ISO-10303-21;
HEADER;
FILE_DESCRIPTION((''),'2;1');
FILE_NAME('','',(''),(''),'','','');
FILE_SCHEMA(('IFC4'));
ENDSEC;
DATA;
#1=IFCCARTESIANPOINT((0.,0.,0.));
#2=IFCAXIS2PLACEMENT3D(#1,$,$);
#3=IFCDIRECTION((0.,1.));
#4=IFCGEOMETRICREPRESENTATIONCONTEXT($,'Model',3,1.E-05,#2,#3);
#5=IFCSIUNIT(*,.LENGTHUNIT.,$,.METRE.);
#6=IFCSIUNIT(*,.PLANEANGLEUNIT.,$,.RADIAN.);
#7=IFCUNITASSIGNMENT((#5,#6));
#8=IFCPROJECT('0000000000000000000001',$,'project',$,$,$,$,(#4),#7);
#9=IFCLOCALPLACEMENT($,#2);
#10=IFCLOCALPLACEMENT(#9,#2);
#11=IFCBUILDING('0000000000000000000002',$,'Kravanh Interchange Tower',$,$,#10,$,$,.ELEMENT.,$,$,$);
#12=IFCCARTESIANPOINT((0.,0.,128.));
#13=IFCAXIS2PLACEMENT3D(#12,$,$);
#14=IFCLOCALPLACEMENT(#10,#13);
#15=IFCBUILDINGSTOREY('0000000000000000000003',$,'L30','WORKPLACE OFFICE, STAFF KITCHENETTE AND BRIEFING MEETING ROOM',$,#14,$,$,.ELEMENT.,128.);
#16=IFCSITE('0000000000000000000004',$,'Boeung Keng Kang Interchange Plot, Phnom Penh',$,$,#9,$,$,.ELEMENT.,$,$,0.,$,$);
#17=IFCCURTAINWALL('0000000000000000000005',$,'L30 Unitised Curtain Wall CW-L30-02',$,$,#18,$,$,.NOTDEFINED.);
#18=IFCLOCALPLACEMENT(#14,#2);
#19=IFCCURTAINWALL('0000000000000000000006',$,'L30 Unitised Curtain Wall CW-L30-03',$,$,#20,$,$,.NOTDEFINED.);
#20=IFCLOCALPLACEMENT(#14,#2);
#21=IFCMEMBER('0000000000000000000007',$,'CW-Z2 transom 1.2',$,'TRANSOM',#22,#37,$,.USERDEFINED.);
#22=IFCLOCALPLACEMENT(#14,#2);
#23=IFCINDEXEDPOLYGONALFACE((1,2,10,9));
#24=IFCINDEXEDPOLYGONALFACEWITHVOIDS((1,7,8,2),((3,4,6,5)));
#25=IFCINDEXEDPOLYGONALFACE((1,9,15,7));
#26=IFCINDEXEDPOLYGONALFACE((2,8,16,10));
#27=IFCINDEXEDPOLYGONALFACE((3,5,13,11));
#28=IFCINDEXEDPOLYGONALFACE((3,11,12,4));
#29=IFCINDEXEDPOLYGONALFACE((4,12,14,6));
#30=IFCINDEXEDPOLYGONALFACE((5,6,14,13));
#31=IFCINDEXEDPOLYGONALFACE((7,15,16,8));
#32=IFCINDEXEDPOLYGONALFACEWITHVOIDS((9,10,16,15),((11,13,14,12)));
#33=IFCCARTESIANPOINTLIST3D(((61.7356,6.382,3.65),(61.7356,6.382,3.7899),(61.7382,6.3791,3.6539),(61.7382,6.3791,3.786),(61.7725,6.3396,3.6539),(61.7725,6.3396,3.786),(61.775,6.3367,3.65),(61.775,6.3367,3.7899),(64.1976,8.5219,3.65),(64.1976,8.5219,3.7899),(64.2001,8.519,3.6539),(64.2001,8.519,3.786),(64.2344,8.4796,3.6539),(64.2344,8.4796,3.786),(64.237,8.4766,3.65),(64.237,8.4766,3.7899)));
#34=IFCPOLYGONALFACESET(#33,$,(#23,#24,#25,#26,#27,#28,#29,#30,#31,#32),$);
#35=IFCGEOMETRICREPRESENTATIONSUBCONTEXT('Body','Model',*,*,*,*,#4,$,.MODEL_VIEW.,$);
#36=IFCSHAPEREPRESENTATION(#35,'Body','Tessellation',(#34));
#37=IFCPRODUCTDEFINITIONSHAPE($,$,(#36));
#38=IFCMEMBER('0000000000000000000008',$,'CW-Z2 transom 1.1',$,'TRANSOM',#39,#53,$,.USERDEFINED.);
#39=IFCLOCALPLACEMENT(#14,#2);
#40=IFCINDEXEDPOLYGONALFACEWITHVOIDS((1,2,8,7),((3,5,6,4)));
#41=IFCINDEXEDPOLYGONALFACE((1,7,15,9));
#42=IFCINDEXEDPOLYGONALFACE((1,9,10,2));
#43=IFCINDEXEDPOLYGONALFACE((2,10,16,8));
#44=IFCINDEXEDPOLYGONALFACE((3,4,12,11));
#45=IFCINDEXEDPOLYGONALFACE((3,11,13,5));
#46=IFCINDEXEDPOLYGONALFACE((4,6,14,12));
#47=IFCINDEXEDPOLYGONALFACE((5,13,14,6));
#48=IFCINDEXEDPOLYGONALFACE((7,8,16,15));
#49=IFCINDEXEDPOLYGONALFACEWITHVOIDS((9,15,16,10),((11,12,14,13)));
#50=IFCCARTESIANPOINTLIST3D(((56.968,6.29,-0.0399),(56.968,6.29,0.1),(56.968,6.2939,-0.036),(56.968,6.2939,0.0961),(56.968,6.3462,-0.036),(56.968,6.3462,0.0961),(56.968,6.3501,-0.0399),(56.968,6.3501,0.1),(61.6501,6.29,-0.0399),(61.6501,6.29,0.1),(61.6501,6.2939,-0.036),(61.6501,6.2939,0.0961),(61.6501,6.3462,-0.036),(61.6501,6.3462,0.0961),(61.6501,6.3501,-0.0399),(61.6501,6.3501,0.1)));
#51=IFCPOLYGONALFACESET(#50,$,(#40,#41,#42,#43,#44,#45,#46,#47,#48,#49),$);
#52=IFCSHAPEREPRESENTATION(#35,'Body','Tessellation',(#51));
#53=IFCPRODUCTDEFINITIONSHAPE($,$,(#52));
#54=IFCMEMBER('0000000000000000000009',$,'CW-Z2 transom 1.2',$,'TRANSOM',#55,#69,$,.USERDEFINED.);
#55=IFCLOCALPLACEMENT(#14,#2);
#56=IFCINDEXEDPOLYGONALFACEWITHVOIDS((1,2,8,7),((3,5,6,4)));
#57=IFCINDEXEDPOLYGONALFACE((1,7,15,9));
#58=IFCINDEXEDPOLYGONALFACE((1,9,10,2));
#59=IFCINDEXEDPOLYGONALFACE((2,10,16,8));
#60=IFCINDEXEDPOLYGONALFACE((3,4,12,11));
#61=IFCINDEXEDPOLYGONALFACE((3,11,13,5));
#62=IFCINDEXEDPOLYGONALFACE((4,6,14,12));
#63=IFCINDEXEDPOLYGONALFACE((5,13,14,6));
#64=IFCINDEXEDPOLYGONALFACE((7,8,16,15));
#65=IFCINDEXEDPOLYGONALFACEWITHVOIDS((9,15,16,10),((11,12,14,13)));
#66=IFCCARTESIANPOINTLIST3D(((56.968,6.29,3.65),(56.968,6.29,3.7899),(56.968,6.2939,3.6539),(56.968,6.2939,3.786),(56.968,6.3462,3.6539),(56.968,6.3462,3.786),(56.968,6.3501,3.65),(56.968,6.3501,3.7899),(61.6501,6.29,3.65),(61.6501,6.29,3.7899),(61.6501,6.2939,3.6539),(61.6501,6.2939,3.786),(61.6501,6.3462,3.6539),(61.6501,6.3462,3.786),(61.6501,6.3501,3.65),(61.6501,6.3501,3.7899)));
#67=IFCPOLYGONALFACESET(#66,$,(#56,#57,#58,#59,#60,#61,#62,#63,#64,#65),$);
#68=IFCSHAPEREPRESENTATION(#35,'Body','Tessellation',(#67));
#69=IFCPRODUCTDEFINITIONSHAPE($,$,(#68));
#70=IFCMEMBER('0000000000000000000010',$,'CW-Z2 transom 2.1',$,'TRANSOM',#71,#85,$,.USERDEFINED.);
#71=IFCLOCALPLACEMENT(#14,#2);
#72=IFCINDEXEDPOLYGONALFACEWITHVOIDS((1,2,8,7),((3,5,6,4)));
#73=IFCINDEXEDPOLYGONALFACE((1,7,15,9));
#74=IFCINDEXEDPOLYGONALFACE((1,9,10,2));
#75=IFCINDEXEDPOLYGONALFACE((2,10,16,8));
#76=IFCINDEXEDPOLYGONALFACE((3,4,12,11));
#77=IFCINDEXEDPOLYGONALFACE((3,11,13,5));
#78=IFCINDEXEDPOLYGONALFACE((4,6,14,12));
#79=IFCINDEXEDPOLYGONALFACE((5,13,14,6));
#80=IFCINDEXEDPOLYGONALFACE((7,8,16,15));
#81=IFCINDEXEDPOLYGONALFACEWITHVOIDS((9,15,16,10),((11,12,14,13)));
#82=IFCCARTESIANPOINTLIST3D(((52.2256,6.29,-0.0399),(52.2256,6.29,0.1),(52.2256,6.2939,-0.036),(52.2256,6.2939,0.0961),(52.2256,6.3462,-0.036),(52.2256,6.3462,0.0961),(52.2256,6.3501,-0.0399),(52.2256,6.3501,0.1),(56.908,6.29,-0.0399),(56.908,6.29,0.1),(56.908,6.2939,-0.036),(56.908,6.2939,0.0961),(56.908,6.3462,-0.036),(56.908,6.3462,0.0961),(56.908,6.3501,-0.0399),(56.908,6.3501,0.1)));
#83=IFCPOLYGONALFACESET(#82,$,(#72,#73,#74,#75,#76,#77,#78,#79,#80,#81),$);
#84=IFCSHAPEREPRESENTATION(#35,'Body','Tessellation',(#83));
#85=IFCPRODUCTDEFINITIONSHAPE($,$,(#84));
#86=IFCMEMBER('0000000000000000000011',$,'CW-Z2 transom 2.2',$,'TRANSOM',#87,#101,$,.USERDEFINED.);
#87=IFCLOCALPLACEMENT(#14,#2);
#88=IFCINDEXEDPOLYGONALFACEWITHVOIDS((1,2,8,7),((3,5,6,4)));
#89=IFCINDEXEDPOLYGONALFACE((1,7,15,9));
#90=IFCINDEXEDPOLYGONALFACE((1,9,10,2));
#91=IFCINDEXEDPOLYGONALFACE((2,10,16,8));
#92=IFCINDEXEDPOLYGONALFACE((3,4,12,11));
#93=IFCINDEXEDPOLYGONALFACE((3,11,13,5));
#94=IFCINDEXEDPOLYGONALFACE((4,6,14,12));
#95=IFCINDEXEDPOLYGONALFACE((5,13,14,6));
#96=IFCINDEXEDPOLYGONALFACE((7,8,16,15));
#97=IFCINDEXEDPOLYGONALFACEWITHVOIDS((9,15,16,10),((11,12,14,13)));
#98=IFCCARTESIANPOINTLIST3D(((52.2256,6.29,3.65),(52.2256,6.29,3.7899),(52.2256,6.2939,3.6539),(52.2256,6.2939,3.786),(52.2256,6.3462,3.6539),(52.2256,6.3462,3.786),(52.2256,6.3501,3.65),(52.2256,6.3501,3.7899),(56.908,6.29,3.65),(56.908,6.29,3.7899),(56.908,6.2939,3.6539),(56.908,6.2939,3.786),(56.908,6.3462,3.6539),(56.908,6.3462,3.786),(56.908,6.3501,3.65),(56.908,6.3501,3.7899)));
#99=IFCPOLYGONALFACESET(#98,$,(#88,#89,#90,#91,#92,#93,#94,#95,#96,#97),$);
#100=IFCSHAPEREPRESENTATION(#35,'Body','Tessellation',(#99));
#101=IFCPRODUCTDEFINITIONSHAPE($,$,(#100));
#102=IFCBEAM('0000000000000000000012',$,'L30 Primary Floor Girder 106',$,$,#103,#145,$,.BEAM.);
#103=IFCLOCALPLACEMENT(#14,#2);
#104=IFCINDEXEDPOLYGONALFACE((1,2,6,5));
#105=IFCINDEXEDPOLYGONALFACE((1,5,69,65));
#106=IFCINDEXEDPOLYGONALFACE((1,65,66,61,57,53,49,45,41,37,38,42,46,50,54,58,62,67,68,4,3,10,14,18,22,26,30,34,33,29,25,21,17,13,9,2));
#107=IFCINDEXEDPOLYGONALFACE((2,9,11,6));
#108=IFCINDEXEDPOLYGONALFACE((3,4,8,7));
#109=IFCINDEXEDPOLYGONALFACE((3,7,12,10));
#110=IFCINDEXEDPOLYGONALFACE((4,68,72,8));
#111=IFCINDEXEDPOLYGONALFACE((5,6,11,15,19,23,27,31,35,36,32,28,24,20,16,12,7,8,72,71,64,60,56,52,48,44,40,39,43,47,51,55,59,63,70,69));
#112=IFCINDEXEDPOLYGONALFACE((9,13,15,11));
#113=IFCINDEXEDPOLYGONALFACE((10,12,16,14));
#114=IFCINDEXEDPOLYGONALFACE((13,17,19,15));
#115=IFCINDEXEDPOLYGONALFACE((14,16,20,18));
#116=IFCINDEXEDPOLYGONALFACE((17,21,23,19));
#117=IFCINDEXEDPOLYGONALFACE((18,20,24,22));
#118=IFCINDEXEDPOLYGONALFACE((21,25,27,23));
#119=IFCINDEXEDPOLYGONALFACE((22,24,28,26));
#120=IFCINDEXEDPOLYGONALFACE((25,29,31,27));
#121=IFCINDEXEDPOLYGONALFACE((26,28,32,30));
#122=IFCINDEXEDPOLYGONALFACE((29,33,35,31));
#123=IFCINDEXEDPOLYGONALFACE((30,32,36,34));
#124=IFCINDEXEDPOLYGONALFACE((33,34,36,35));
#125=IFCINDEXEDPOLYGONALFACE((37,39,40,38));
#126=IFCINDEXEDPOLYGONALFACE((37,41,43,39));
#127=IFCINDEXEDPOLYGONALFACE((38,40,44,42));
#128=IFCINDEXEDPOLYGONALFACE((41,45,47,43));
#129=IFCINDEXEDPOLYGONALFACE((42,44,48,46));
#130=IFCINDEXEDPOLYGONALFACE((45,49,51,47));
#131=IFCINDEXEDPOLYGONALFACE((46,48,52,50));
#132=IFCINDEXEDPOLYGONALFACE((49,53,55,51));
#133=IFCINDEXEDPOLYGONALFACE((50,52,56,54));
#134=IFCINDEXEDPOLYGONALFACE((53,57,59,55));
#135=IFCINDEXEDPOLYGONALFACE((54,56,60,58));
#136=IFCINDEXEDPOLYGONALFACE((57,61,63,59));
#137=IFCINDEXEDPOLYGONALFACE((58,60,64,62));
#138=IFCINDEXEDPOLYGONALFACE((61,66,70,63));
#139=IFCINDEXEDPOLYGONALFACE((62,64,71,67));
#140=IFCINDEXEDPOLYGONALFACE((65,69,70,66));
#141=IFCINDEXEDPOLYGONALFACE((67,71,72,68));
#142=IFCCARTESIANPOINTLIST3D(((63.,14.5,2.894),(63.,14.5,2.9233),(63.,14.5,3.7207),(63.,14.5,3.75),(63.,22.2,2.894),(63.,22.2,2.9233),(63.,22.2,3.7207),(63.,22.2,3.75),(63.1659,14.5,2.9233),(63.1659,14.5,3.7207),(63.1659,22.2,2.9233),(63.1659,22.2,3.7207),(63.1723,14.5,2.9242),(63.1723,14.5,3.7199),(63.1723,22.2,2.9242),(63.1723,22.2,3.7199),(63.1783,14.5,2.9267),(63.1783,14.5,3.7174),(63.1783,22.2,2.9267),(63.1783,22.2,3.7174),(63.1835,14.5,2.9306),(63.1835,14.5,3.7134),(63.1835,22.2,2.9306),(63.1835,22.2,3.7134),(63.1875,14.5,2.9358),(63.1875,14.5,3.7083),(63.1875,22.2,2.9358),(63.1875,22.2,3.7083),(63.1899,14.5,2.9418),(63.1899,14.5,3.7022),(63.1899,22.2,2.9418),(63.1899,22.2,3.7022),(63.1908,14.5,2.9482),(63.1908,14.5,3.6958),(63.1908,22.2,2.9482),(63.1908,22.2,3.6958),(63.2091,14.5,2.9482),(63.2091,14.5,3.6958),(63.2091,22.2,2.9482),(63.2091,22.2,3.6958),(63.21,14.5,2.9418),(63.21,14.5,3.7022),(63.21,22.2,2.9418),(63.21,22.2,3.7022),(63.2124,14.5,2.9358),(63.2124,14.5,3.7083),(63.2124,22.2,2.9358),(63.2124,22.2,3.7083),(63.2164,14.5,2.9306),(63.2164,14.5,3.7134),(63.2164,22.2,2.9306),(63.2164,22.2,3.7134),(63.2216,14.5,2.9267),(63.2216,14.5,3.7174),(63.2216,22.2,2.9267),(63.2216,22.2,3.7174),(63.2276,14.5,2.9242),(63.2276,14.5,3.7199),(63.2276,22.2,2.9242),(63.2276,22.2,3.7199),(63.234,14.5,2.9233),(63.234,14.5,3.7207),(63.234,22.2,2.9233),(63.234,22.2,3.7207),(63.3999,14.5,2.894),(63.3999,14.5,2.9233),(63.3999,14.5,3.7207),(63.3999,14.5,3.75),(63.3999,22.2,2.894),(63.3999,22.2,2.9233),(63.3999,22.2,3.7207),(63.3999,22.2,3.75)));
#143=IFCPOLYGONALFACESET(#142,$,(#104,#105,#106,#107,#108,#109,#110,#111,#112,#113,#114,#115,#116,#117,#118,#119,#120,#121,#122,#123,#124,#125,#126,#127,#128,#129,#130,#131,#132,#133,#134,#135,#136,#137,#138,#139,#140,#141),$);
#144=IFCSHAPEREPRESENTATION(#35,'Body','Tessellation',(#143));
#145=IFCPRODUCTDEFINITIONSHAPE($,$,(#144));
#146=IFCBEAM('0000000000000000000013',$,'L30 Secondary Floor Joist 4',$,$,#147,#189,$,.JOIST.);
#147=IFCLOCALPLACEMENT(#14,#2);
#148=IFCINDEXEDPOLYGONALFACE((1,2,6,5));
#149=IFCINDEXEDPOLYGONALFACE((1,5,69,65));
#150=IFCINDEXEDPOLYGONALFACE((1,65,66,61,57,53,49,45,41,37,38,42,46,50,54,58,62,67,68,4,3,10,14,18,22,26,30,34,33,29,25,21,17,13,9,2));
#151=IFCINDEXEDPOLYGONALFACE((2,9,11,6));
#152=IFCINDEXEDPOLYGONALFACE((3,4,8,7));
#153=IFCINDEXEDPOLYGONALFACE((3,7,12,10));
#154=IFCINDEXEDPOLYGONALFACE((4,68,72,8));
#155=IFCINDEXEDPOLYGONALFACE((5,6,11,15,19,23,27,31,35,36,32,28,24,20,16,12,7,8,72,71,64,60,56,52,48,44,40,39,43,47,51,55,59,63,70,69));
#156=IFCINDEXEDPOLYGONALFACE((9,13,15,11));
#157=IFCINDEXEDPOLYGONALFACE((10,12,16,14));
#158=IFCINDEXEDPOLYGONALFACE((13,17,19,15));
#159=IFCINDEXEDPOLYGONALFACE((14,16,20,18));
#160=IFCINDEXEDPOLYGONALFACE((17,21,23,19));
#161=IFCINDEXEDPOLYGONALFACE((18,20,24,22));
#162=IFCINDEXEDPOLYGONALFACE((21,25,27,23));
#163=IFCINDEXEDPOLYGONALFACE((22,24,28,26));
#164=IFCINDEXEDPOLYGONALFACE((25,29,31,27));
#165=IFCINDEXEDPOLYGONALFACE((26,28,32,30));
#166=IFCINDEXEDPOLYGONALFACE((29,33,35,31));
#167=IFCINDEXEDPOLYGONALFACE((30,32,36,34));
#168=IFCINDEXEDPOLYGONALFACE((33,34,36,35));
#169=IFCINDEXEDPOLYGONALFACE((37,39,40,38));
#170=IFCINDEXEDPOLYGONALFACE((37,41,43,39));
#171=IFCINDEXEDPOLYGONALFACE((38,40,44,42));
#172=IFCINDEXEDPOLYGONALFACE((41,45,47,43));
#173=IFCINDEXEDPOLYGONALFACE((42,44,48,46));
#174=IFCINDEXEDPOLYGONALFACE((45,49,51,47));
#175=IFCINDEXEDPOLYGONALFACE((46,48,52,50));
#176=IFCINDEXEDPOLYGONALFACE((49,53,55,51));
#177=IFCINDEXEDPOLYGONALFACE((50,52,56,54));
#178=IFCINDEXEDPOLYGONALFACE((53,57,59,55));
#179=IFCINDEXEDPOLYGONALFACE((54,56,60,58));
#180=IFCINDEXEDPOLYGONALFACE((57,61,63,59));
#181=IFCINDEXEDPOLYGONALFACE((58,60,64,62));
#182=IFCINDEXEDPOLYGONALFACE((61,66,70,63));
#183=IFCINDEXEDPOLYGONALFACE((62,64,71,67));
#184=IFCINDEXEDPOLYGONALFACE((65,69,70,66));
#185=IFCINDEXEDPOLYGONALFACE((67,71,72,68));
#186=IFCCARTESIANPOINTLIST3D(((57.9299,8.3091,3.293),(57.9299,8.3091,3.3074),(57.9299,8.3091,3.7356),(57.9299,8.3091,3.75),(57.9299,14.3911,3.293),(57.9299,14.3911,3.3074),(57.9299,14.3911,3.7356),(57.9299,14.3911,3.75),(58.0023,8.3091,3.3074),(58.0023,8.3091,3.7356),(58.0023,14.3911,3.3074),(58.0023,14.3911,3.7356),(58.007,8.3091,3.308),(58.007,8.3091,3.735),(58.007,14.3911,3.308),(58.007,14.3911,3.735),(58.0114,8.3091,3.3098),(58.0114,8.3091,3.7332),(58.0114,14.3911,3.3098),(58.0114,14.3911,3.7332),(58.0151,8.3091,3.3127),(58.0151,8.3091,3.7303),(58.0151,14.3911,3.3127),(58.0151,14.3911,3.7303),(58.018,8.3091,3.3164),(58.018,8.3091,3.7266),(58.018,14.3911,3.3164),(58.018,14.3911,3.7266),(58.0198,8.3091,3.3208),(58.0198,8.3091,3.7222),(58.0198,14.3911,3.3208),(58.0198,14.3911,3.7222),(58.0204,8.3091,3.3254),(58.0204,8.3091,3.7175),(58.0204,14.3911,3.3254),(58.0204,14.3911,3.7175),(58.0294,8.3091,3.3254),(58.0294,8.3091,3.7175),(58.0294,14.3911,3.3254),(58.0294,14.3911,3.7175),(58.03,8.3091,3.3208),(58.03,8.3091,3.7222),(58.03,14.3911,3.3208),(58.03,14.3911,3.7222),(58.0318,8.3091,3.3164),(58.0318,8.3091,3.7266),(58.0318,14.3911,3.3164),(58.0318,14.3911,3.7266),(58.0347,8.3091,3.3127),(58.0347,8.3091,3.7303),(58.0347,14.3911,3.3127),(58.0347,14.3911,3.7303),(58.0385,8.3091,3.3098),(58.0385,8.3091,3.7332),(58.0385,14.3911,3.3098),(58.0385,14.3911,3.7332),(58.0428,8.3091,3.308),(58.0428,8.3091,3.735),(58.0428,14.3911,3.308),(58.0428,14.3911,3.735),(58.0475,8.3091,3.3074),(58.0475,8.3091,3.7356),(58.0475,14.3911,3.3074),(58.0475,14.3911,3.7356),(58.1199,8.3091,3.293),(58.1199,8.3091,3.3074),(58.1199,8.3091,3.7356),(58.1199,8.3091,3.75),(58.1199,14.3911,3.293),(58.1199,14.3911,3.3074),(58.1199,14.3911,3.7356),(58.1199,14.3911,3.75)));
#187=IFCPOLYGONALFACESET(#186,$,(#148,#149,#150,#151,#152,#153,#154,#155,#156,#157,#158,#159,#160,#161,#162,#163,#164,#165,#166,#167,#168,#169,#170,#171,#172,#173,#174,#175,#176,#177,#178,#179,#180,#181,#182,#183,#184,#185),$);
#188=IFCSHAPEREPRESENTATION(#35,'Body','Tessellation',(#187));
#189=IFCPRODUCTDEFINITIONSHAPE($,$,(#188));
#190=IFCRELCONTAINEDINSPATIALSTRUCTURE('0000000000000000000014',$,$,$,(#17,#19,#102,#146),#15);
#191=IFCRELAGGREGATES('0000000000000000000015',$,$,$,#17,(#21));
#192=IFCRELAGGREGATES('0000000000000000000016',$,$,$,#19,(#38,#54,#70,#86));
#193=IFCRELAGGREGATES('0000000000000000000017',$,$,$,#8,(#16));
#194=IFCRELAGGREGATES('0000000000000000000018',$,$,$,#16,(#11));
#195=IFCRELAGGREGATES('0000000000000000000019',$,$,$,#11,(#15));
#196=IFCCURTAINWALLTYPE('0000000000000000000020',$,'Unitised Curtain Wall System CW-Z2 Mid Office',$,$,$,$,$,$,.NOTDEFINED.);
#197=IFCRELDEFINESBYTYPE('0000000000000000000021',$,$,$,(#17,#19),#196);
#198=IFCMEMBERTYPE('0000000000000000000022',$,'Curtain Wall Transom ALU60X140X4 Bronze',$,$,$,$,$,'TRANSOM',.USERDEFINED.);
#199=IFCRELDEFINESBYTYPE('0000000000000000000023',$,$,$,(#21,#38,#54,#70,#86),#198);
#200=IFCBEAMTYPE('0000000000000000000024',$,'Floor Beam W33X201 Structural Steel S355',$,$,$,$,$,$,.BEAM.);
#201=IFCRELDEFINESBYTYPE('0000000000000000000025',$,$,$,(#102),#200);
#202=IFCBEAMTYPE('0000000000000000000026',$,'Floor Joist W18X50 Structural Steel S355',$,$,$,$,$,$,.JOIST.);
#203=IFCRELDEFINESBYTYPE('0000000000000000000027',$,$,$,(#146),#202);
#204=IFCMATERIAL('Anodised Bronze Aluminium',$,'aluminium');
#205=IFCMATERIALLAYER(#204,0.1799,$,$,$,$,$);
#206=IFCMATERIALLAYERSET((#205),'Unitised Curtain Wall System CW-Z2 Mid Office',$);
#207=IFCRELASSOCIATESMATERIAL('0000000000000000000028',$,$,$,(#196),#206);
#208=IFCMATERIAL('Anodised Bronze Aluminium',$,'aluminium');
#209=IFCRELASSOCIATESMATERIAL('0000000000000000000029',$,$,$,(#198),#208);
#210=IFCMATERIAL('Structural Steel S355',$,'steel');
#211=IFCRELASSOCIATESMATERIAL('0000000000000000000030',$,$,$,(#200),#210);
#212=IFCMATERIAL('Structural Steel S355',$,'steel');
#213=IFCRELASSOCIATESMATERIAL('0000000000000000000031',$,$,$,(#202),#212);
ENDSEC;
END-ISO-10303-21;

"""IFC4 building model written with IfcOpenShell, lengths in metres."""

from ifc_helpers import new_model, si_unit, direction, frame, origin, origin_2d, place, context, subcontext, project, spatial, hollow_rectangle, i_section, extrude, material, layer, layer_set, material_profile, profile_set, type_object, element, aggregate, save


model = new_model("IFC4")

# Units and contexts
model_context = context("Model", 3, precision=1e-05, world=origin(), true_north=direction((0.0, 1.0)))
body_context = subcontext(model_context, "Body", "Model", "MODEL_VIEW")
ifc_project = project(units=[si_unit("LENGTHUNIT", "METRE"), si_unit("PLANEANGLEUNIT", "RADIAN")], contexts=[model_context])

# Site, building, storey
site_placement = place(None, origin())
site = spatial("IfcSite", under=ifc_project, at=site_placement, Name="Boeung Keng Kang Interchange Plot, Phnom Penh", CompositionType="ELEMENT", RefElevation=0.0)
building_placement = place(site_placement, origin())
building = spatial("IfcBuilding", under=site, at=building_placement, Name="Kravanh Interchange Tower", CompositionType="ELEMENT")
storey_placement = place(building_placement, frame((0.0, 0.0, 128.0)))
storey = spatial("IfcBuildingStorey", under=building, at=storey_placement, Name="L30", Description="WORKPLACE OFFICE, STAFF KITCHENETTE AND BRIEFING MEETING ROOM", CompositionType="ELEMENT", Elevation=128.0)

# Curtain walls
ifc_material_1 = material(Name="Anodised Bronze Aluminium", Category="aluminium")
ifc_layer_1 = layer(ifc_material_1, 0.1799)
ifc_layer_set_1 = layer_set([ifc_layer_1], Name="Unitised Curtain Wall System CW-Z2 Mid Office")
curtain_wall_type = type_object("IfcCurtainWallType", Name="Unitised Curtain Wall System CW-Z2 Mid Office", PredefinedType="NOTDEFINED", material=ifc_layer_set_1)
curtain_wall_1_placement = place(storey_placement, origin())
curtain_wall_1 = element("IfcCurtainWall", 1, at=curtain_wall_1_placement, inside=storey, type_object=curtain_wall_type, Name="L30 Unitised Curtain Wall CW-L30-02", PredefinedType="NOTDEFINED")
curtain_wall_2_placement = place(storey_placement, origin())
curtain_wall_2 = element("IfcCurtainWall", 2, at=curtain_wall_2_placement, inside=storey, type_object=curtain_wall_type, Name="L30 Unitised Curtain Wall CW-L30-03", PredefinedType="NOTDEFINED")

# Members
ifc_material_2 = material(Name="Anodised Bronze Aluminium", Category="aluminium")
ifc_material_profile_1 = material_profile(ifc_material_2, hollow_rectangle(XDim=0.0601, YDim=0.1399, WallThickness=0.0039, at=origin_2d()), Name="ALU60X140X4")
ifc_profile_set_1 = profile_set([ifc_material_profile_1], Name="Anodised Bronze Aluminium")
member_type_1 = type_object("IfcMemberType", Name="Curtain Wall Transom ALU60X140X4 Bronze", ElementType="TRANSOM", PredefinedType="USERDEFINED", material=ifc_profile_set_1)
member_1_placement = place(storey_placement, frame((64.2173, 8.4993, 3.72), z_axis=(-0.754742, -0.656021, 0.0), x_axis=(0.656021, -0.754742, 0.0)))
member_1 = element("IfcMember", 3, at=member_1_placement, type_object=member_type_1, Name="CW-Z2 transom 1.2", ObjectType="TRANSOM", PredefinedType="USERDEFINED", context=body_context, shape_type="SweptSolid", body=[
    extrude(hollow_rectangle(XDim=0.0601, YDim=0.1399, WallThickness=0.0039, at=origin_2d()), origin(), (0.0, 0.0, 1.0), 3.262),
])
member_2_placement = place(storey_placement, frame((61.6501, 6.3201, 0.03), z_axis=(-1.0, 0.0, 0.0), x_axis=(0.0, -1.0, 0.0)))
member_2 = element("IfcMember", 4, at=member_2_placement, type_object=member_type_1, Name="CW-Z2 transom 1.1", ObjectType="TRANSOM", PredefinedType="USERDEFINED", context=body_context, shape_type="SweptSolid", body=[
    extrude(hollow_rectangle(XDim=0.0601, YDim=0.1399, WallThickness=0.0039, at=origin_2d()), origin(), (0.0, 0.0, 1.0), 4.6821),
])
member_3_placement = place(storey_placement, frame((61.6501, 6.3201, 3.72), z_axis=(-1.0, 0.0, 0.0), x_axis=(0.0, -1.0, 0.0)))
member_3 = element("IfcMember", 5, at=member_3_placement, type_object=member_type_1, Name="CW-Z2 transom 1.2", ObjectType="TRANSOM", PredefinedType="USERDEFINED", context=body_context, shape_type="SweptSolid", body=[
    extrude(hollow_rectangle(XDim=0.0601, YDim=0.1399, WallThickness=0.0039, at=origin_2d()), origin(), (0.0, 0.0, 1.0), 4.6821),
])
member_4_placement = place(storey_placement, frame((56.908, 6.3201, 0.03), z_axis=(-1.0, 0.0, 0.0), x_axis=(0.0, -1.0, 0.0)))
member_4 = element("IfcMember", 6, at=member_4_placement, type_object=member_type_1, Name="CW-Z2 transom 2.1", ObjectType="TRANSOM", PredefinedType="USERDEFINED", context=body_context, shape_type="SweptSolid", body=[
    extrude(hollow_rectangle(XDim=0.0601, YDim=0.1399, WallThickness=0.0039, at=origin_2d()), origin(), (0.0, 0.0, 1.0), 4.6824),
])
member_5_placement = place(storey_placement, frame((56.908, 6.3201, 3.72), z_axis=(-1.0, 0.0, 0.0), x_axis=(0.0, -1.0, 0.0)))
member_5 = element("IfcMember", 7, at=member_5_placement, type_object=member_type_1, Name="CW-Z2 transom 2.2", ObjectType="TRANSOM", PredefinedType="USERDEFINED", context=body_context, shape_type="SweptSolid", body=[
    extrude(hollow_rectangle(XDim=0.0601, YDim=0.1399, WallThickness=0.0039, at=origin_2d()), origin(), (0.0, 0.0, 1.0), 4.6824),
])

# Beams
ifc_material_3 = material(Name="Structural Steel S355", Category="steel")
ifc_material_profile_2 = material_profile(ifc_material_3, i_section(OverallWidth=0.3999, OverallDepth=0.856, WebThickness=0.0183, FlangeThickness=0.0293, FilletRadius=0.0249, at=origin_2d()), Name="W33X201")
ifc_profile_set_2 = profile_set([ifc_material_profile_2], Name="Structural Steel S355")
beam_type_1 = type_object("IfcBeamType", Name="Floor Beam W33X201 Structural Steel S355", PredefinedType="BEAM", material=ifc_profile_set_2)
beam_1_placement = place(storey_placement, frame((63.2, 14.5, 3.322), z_axis=(0.0, 1.0, 0.0), x_axis=(-1.0, 0.0, 0.0)))
element("IfcBeam", 8, at=beam_1_placement, inside=storey, type_object=beam_type_1, Name="L30 Primary Floor Girder 106", PredefinedType="BEAM", context=body_context, shape_type="SweptSolid", body=[
    extrude(i_section(OverallWidth=0.3999, OverallDepth=0.856, WebThickness=0.0183, FlangeThickness=0.0293, FilletRadius=0.0249, at=origin_2d()), origin(), (0.0, 0.0, 1.0), 7.7),
])
ifc_material_4 = material(Name="Structural Steel S355", Category="steel")
ifc_material_profile_3 = material_profile(ifc_material_4, i_section(OverallWidth=0.1899, OverallDepth=0.457, WebThickness=0.009, FlangeThickness=0.0144, FilletRadius=0.0181, at=origin_2d()), Name="W18X50")
ifc_profile_set_3 = profile_set([ifc_material_profile_3], Name="Structural Steel S355")
beam_type_2 = type_object("IfcBeamType", Name="Floor Joist W18X50 Structural Steel S355", PredefinedType="JOIST", material=ifc_profile_set_3)
for number, where, z_axis, x_axis, name in (
    (9, (58.0249, 8.3091, 3.5215), (0.0, 1.0, 0.0), (-1.0, 0.0, 0.0), "L30 Secondary Floor Joist 4"),
):
    element("IfcBeam", number, at=place(storey_placement, frame(where, z_axis=z_axis, x_axis=x_axis)), inside=storey, type_object=beam_type_2, Name=name, PredefinedType="JOIST", context=body_context, shape_type="SweptSolid", body=[
        extrude(i_section(OverallWidth=0.1899, OverallDepth=0.457, WebThickness=0.009, FlangeThickness=0.0144, FilletRadius=0.0181, at=origin_2d()), origin(), (0.0, 0.0, 1.0), 6.082),
    ])

aggregate(curtain_wall_1, [member_1])
aggregate(curtain_wall_2, [member_2, member_3, member_4, member_5])

save(model, "model.ifc")
